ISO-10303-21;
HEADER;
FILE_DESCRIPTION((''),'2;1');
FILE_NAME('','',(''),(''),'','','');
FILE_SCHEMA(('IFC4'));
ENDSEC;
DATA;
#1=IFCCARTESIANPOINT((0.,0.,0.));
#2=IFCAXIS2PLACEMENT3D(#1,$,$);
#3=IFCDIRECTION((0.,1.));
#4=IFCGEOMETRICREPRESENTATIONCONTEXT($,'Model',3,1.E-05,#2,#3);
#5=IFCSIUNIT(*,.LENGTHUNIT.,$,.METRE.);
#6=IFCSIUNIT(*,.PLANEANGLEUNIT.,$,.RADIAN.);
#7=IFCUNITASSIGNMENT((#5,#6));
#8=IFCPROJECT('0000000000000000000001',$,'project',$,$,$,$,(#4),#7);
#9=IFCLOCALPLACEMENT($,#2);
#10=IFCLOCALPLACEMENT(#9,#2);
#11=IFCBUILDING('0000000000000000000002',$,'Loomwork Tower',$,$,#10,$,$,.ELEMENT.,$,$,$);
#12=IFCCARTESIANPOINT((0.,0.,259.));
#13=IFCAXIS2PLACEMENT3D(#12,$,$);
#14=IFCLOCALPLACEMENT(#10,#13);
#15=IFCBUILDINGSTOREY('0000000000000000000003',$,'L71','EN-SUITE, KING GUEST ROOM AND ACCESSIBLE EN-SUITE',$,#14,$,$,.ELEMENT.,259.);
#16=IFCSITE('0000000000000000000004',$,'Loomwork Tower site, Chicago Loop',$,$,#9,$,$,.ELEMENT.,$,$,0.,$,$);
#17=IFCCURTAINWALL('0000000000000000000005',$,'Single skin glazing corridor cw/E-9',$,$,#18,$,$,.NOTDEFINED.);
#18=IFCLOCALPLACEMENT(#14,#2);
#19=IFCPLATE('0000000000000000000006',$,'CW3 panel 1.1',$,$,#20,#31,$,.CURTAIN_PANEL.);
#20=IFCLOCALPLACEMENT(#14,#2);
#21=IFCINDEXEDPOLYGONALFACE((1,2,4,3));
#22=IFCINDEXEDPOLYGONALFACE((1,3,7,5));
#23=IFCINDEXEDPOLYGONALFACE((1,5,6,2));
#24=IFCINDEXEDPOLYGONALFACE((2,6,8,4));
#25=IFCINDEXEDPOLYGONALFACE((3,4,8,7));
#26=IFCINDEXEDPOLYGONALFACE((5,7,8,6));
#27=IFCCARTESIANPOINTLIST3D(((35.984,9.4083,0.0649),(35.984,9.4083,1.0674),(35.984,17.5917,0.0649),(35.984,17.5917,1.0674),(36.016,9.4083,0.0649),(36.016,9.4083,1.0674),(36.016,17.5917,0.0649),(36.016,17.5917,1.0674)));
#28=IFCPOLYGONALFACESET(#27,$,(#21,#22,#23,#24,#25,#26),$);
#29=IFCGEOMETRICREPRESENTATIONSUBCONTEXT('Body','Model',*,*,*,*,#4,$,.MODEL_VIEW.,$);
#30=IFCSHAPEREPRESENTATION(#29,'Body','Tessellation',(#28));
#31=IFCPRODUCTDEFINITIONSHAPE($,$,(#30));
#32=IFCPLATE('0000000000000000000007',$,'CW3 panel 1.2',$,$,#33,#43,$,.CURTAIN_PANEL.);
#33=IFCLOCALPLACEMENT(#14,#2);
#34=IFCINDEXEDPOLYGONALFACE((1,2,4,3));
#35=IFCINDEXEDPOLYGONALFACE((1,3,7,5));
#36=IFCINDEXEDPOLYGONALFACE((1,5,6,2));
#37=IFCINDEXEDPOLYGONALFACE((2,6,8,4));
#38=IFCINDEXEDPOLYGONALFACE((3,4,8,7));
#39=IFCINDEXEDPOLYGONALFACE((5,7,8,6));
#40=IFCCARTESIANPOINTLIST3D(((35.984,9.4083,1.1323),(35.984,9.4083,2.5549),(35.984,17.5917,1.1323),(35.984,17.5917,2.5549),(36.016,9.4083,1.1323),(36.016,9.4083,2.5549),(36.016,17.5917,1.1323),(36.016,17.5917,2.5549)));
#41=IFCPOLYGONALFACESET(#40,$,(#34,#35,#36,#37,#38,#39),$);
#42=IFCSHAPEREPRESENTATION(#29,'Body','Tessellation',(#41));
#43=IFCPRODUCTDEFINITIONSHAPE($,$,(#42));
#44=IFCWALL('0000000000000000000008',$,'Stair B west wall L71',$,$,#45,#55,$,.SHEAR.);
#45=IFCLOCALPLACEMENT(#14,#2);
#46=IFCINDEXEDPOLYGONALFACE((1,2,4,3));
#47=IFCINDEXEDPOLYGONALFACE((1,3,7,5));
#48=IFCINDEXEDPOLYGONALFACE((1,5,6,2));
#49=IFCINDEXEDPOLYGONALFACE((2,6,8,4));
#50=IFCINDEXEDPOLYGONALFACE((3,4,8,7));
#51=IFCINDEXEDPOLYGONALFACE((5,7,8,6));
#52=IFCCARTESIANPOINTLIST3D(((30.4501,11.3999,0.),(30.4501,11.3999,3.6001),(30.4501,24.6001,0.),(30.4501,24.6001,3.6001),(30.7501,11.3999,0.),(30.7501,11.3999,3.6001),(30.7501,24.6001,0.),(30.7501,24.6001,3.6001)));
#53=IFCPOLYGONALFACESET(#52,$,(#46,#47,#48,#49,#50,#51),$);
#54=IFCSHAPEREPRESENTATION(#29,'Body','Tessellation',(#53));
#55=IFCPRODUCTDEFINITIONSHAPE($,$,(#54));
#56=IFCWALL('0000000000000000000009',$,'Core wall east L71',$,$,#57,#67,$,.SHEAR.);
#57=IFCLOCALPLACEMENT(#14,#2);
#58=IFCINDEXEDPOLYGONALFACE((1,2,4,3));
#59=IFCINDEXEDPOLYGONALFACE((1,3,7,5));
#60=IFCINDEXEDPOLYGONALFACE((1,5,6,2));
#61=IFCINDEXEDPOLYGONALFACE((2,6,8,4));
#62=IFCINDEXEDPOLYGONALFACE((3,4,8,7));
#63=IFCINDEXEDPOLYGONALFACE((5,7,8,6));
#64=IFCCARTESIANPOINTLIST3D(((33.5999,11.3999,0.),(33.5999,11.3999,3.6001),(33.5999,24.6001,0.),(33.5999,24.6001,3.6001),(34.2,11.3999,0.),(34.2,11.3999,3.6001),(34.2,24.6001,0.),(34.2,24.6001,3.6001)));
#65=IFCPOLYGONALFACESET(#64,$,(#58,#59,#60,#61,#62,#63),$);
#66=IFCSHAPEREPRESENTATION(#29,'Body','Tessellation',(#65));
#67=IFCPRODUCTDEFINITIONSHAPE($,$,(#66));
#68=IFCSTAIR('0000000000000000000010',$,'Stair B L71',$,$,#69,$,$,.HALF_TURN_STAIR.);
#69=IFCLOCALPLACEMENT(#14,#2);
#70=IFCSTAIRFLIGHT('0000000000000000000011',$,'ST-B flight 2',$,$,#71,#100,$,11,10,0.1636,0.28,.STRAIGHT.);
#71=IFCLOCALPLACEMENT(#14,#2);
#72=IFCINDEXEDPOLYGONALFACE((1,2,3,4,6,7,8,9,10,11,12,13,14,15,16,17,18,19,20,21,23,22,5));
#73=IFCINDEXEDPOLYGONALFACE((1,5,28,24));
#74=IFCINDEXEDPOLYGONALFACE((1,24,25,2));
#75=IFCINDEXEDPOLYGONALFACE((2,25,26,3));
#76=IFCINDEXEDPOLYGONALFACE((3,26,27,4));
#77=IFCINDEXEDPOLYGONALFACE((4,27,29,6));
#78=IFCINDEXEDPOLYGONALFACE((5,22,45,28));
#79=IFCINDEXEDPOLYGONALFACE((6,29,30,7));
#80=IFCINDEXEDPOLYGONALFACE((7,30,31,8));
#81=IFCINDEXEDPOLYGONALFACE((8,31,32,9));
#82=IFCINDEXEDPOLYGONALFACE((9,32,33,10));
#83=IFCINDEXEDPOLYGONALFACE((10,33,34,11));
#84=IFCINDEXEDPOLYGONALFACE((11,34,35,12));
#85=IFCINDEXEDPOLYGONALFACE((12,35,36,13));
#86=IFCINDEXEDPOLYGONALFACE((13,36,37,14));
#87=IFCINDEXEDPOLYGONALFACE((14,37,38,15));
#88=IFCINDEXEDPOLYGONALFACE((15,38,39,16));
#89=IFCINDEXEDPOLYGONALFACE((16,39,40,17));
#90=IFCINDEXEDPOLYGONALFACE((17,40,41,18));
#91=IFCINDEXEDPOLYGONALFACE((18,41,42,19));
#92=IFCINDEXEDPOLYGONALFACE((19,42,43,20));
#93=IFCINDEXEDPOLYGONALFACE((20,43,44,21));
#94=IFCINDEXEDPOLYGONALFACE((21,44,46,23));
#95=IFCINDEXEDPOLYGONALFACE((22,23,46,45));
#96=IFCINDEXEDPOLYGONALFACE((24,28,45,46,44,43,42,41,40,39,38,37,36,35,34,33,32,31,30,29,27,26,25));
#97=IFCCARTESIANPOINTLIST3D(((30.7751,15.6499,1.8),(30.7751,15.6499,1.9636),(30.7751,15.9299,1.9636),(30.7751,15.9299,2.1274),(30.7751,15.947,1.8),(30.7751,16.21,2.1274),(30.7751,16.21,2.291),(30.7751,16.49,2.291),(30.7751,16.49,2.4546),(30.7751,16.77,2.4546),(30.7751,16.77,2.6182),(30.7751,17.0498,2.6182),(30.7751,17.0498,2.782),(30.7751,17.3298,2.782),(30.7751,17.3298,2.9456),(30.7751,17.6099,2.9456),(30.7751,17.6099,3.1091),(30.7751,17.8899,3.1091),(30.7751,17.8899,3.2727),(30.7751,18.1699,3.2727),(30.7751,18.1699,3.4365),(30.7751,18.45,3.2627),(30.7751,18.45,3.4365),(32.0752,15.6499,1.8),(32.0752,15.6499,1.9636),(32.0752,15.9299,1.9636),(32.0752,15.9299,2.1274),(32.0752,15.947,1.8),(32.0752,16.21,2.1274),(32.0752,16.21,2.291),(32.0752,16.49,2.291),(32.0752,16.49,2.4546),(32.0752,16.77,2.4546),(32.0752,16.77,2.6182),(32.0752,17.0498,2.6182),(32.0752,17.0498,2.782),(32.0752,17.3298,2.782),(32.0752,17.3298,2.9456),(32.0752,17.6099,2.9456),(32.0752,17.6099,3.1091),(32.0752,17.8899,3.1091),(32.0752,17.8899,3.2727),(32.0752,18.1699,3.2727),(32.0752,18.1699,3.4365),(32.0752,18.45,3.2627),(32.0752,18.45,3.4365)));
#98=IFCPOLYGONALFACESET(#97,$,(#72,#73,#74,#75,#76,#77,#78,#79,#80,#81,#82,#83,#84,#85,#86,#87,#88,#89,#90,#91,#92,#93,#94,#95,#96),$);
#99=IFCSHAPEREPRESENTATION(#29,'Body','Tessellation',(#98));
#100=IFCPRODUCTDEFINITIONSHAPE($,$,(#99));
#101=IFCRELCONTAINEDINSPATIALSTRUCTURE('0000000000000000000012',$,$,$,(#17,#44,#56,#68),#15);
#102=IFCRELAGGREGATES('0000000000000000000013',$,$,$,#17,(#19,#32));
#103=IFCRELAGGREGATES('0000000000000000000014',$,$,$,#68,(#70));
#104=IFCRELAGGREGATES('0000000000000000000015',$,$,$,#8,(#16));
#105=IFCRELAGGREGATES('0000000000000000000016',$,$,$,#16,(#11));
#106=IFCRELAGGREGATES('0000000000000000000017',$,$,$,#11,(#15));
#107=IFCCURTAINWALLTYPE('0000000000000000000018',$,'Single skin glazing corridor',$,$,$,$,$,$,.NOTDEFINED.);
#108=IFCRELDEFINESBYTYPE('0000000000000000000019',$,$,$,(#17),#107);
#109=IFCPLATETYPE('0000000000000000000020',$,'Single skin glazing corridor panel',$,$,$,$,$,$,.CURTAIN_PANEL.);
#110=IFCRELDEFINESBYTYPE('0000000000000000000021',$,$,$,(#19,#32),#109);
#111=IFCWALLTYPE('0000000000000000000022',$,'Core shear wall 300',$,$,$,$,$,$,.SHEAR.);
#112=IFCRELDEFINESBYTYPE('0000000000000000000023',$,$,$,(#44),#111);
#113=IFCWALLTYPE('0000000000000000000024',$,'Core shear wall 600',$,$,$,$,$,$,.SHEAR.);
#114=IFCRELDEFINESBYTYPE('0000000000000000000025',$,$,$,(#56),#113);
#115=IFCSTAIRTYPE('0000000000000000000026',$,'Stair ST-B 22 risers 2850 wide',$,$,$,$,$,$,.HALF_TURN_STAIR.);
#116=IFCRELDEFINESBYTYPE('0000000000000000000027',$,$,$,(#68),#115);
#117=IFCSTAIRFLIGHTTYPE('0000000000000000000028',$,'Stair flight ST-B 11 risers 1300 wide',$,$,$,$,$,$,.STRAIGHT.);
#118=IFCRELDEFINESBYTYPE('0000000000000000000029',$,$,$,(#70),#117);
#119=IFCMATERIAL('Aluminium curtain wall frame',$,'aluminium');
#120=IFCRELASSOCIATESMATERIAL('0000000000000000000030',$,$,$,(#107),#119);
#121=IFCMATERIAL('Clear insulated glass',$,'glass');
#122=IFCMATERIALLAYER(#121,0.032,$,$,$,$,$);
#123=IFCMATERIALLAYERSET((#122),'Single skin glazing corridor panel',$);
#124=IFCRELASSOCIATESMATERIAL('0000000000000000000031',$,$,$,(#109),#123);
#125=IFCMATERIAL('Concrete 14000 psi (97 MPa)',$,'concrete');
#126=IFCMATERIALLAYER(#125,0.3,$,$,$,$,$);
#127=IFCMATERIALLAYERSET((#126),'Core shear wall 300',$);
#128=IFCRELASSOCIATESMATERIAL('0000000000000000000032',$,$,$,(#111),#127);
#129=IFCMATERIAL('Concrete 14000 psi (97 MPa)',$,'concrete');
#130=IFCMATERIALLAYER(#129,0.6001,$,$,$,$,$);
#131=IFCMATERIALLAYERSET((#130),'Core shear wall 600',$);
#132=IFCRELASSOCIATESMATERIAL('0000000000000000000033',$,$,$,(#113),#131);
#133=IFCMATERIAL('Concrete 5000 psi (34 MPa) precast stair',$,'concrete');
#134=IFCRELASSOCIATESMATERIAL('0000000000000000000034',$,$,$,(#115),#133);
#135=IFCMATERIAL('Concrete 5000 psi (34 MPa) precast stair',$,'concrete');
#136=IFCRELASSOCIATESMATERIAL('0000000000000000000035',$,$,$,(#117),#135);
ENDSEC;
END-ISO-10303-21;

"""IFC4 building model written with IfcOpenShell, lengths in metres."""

from ifc_helpers import new_model, si_unit, direction, frame, frame_2d, origin, origin_2d, place, context, subcontext, project, spatial, polyline, rectangle, outline, extrude, material, layer, layer_set, type_object, element, aggregate, save


model = new_model("IFC4")

# Units and contexts
model_context = context("Model", 3, precision=1e-05, world=origin(), true_north=direction((0.0, 1.0)))
body_context = subcontext(model_context, "Body", "Model", "MODEL_VIEW")
ifc_project = project(units=[si_unit("LENGTHUNIT", "METRE"), si_unit("PLANEANGLEUNIT", "RADIAN")], contexts=[model_context])

# Site, building, storey
site_placement = place(None, origin())
site = spatial("IfcSite", under=ifc_project, at=site_placement, Name="Loomwork Tower site, Chicago Loop", CompositionType="ELEMENT", RefElevation=0.0)
building_placement = place(site_placement, origin())
building = spatial("IfcBuilding", under=site, at=building_placement, Name="Loomwork Tower", CompositionType="ELEMENT")
storey_placement = place(building_placement, frame((0.0, 0.0, 259.0)))
storey = spatial("IfcBuildingStorey", under=building, at=storey_placement, Name="L71", Description="EN-SUITE, KING GUEST ROOM AND ACCESSIBLE EN-SUITE", CompositionType="ELEMENT", Elevation=259.0)

# Curtain wall
ifc_material_1 = material(Name="Aluminium curtain wall frame", Category="aluminium")
curtain_wall_type = type_object("IfcCurtainWallType", Name="Single skin glazing corridor", PredefinedType="NOTDEFINED", material=ifc_material_1)
curtain_wall_1_placement = place(storey_placement, origin())
curtain_wall_1 = element("IfcCurtainWall", 1, at=curtain_wall_1_placement, inside=storey, type_object=curtain_wall_type, Name="Single skin glazing corridor cw/E-9", PredefinedType="NOTDEFINED")

# Plates
ifc_material_2 = material(Name="Clear insulated glass", Category="glass")
ifc_layer_1 = layer(ifc_material_2, 0.032)
ifc_layer_set_1 = layer_set([ifc_layer_1], Name="Single skin glazing corridor panel")
plate_type = type_object("IfcPlateType", Name="Single skin glazing corridor panel", PredefinedType="CURTAIN_PANEL", material=ifc_layer_set_1)
plate_1_placement = place(storey_placement, frame((36.0, 13.5, 0.0649), z_axis=(0.0, 0.0, 1.0), x_axis=(0.0, 1.0, 0.0)))
plate_1 = element("IfcPlate", 2, at=plate_1_placement, type_object=plate_type, Name="CW3 panel 1.1", PredefinedType="CURTAIN_PANEL", context=body_context, shape_type="SweptSolid", body=[
    extrude(rectangle(XDim=8.1833, YDim=0.032, at=origin_2d()), origin(), (0.0, 0.0, 1.0), 1.0024),
])
plate_2_placement = place(storey_placement, frame((36.0, 13.5, 1.1323), z_axis=(0.0, 0.0, 1.0), x_axis=(0.0, 1.0, 0.0)))
plate_2 = element("IfcPlate", 3, at=plate_2_placement, type_object=plate_type, Name="CW3 panel 1.2", PredefinedType="CURTAIN_PANEL", context=body_context, shape_type="SweptSolid", body=[
    extrude(rectangle(XDim=8.1833, YDim=0.032, at=origin_2d()), origin(), (0.0, 0.0, 1.0), 1.4226),
])
aggregate(curtain_wall_1, [plate_1, plate_2])

# Walls
ifc_material_3 = material(Name="Concrete 14000 psi (97 MPa)", Category="concrete")
ifc_layer_2 = layer(ifc_material_3, 0.3)
ifc_layer_set_2 = layer_set([ifc_layer_2], Name="Core shear wall 300")
wall_type_1 = type_object("IfcWallType", Name="Core shear wall 300", PredefinedType="SHEAR", material=ifc_layer_set_2)
wall_1_placement = place(storey_placement, frame((30.6001, 11.3999, 0.0), z_axis=(0.0, 0.0, 1.0), x_axis=(0.0, 1.0, 0.0)))
element("IfcWall", 4, at=wall_1_placement, inside=storey, type_object=wall_type_1, Name="Stair B west wall L71", PredefinedType="SHEAR", context=body_context, shape_type="SweptSolid", body=[
    extrude(rectangle(XDim=13.2002, YDim=0.3, at=frame_2d((6.6001, 0.0))), origin(), (0.0, 0.0, 1.0), 3.6001),
])
ifc_material_4 = material(Name="Concrete 14000 psi (97 MPa)", Category="concrete")
ifc_layer_3 = layer(ifc_material_4, 0.6001)
ifc_layer_set_3 = layer_set([ifc_layer_3], Name="Core shear wall 600")
wall_type_2 = type_object("IfcWallType", Name="Core shear wall 600", PredefinedType="SHEAR", material=ifc_layer_set_3)
wall_2_placement = place(storey_placement, frame((33.8999, 11.3999, 0.0), z_axis=(0.0, 0.0, 1.0), x_axis=(0.0, 1.0, 0.0)))
element("IfcWall", 5, at=wall_2_placement, inside=storey, type_object=wall_type_2, Name="Core wall east L71", PredefinedType="SHEAR", context=body_context, shape_type="SweptSolid", body=[
    extrude(rectangle(XDim=13.2002, YDim=0.6001, at=frame_2d((6.6001, 0.0))), origin(), (0.0, 0.0, 1.0), 3.6001),
])

# Stair, stair flight
ifc_material_5 = material(Name="Concrete 5000 psi (34 MPa) precast stair", Category="concrete")
stair_type = type_object("IfcStairType", Name="Stair ST-B 22 risers 2850 wide", PredefinedType="HALF_TURN_STAIR", material=ifc_material_5)
stair_placement = place(storey_placement, origin())
stair = element("IfcStair", 6, at=stair_placement, inside=storey, type_object=stair_type, Name="Stair B L71", PredefinedType="HALF_TURN_STAIR")
ifc_material_6 = material(Name="Concrete 5000 psi (34 MPa) precast stair", Category="concrete")
stair_flight_type = type_object("IfcStairFlightType", Name="Stair flight ST-B 11 risers 1300 wide", PredefinedType="STRAIGHT", material=ifc_material_6)
stair_flight_placement = place(storey_placement, frame((31.425, 15.6499, 1.8), z_axis=(0.0, 0.0, 1.0), x_axis=(0.0, 1.0, 0.0)))
stair_flight = element("IfcStairFlight", 7, at=stair_flight_placement, type_object=stair_flight_type, Name="ST-B flight 2", NumberOfRisers=11, NumberOfTreads=10, PredefinedType="STRAIGHT", RiserHeight=0.1636, TreadLength=0.28, context=body_context, shape_type="SweptSolid", body=[
    extrude(outline(polyline([(0.0, 0.0), (0.0, 0.1636), (0.28, 0.1636), (0.28, 0.3274), (0.5601, 0.3274), (0.5601, 0.491), (0.8401, 0.491), (0.8401, 0.6545), (1.1201, 0.6545), (1.1201, 0.8181), (1.3999, 0.8181), (1.3999, 0.9819), (1.6799, 0.9819), (1.6799, 1.1455), (1.96, 1.1455), (1.96, 1.3091), (2.24, 1.3091), (2.24, 1.4727), (2.52, 1.4727), (2.52, 1.6365), (2.8, 1.6365), (2.8, 1.8), (2.8, 1.4626), (0.2971, 0.0), (0.0, 0.0)])), frame((0.0, 0.6499, 0.0), z_axis=(0.0, -1.0, 0.0), x_axis=(1.0, 0.0, 0.0)), (0.0, 0.0, 1.0), 1.3),
])
aggregate(stair, [stair_flight])

save(model, "model.ifc")
